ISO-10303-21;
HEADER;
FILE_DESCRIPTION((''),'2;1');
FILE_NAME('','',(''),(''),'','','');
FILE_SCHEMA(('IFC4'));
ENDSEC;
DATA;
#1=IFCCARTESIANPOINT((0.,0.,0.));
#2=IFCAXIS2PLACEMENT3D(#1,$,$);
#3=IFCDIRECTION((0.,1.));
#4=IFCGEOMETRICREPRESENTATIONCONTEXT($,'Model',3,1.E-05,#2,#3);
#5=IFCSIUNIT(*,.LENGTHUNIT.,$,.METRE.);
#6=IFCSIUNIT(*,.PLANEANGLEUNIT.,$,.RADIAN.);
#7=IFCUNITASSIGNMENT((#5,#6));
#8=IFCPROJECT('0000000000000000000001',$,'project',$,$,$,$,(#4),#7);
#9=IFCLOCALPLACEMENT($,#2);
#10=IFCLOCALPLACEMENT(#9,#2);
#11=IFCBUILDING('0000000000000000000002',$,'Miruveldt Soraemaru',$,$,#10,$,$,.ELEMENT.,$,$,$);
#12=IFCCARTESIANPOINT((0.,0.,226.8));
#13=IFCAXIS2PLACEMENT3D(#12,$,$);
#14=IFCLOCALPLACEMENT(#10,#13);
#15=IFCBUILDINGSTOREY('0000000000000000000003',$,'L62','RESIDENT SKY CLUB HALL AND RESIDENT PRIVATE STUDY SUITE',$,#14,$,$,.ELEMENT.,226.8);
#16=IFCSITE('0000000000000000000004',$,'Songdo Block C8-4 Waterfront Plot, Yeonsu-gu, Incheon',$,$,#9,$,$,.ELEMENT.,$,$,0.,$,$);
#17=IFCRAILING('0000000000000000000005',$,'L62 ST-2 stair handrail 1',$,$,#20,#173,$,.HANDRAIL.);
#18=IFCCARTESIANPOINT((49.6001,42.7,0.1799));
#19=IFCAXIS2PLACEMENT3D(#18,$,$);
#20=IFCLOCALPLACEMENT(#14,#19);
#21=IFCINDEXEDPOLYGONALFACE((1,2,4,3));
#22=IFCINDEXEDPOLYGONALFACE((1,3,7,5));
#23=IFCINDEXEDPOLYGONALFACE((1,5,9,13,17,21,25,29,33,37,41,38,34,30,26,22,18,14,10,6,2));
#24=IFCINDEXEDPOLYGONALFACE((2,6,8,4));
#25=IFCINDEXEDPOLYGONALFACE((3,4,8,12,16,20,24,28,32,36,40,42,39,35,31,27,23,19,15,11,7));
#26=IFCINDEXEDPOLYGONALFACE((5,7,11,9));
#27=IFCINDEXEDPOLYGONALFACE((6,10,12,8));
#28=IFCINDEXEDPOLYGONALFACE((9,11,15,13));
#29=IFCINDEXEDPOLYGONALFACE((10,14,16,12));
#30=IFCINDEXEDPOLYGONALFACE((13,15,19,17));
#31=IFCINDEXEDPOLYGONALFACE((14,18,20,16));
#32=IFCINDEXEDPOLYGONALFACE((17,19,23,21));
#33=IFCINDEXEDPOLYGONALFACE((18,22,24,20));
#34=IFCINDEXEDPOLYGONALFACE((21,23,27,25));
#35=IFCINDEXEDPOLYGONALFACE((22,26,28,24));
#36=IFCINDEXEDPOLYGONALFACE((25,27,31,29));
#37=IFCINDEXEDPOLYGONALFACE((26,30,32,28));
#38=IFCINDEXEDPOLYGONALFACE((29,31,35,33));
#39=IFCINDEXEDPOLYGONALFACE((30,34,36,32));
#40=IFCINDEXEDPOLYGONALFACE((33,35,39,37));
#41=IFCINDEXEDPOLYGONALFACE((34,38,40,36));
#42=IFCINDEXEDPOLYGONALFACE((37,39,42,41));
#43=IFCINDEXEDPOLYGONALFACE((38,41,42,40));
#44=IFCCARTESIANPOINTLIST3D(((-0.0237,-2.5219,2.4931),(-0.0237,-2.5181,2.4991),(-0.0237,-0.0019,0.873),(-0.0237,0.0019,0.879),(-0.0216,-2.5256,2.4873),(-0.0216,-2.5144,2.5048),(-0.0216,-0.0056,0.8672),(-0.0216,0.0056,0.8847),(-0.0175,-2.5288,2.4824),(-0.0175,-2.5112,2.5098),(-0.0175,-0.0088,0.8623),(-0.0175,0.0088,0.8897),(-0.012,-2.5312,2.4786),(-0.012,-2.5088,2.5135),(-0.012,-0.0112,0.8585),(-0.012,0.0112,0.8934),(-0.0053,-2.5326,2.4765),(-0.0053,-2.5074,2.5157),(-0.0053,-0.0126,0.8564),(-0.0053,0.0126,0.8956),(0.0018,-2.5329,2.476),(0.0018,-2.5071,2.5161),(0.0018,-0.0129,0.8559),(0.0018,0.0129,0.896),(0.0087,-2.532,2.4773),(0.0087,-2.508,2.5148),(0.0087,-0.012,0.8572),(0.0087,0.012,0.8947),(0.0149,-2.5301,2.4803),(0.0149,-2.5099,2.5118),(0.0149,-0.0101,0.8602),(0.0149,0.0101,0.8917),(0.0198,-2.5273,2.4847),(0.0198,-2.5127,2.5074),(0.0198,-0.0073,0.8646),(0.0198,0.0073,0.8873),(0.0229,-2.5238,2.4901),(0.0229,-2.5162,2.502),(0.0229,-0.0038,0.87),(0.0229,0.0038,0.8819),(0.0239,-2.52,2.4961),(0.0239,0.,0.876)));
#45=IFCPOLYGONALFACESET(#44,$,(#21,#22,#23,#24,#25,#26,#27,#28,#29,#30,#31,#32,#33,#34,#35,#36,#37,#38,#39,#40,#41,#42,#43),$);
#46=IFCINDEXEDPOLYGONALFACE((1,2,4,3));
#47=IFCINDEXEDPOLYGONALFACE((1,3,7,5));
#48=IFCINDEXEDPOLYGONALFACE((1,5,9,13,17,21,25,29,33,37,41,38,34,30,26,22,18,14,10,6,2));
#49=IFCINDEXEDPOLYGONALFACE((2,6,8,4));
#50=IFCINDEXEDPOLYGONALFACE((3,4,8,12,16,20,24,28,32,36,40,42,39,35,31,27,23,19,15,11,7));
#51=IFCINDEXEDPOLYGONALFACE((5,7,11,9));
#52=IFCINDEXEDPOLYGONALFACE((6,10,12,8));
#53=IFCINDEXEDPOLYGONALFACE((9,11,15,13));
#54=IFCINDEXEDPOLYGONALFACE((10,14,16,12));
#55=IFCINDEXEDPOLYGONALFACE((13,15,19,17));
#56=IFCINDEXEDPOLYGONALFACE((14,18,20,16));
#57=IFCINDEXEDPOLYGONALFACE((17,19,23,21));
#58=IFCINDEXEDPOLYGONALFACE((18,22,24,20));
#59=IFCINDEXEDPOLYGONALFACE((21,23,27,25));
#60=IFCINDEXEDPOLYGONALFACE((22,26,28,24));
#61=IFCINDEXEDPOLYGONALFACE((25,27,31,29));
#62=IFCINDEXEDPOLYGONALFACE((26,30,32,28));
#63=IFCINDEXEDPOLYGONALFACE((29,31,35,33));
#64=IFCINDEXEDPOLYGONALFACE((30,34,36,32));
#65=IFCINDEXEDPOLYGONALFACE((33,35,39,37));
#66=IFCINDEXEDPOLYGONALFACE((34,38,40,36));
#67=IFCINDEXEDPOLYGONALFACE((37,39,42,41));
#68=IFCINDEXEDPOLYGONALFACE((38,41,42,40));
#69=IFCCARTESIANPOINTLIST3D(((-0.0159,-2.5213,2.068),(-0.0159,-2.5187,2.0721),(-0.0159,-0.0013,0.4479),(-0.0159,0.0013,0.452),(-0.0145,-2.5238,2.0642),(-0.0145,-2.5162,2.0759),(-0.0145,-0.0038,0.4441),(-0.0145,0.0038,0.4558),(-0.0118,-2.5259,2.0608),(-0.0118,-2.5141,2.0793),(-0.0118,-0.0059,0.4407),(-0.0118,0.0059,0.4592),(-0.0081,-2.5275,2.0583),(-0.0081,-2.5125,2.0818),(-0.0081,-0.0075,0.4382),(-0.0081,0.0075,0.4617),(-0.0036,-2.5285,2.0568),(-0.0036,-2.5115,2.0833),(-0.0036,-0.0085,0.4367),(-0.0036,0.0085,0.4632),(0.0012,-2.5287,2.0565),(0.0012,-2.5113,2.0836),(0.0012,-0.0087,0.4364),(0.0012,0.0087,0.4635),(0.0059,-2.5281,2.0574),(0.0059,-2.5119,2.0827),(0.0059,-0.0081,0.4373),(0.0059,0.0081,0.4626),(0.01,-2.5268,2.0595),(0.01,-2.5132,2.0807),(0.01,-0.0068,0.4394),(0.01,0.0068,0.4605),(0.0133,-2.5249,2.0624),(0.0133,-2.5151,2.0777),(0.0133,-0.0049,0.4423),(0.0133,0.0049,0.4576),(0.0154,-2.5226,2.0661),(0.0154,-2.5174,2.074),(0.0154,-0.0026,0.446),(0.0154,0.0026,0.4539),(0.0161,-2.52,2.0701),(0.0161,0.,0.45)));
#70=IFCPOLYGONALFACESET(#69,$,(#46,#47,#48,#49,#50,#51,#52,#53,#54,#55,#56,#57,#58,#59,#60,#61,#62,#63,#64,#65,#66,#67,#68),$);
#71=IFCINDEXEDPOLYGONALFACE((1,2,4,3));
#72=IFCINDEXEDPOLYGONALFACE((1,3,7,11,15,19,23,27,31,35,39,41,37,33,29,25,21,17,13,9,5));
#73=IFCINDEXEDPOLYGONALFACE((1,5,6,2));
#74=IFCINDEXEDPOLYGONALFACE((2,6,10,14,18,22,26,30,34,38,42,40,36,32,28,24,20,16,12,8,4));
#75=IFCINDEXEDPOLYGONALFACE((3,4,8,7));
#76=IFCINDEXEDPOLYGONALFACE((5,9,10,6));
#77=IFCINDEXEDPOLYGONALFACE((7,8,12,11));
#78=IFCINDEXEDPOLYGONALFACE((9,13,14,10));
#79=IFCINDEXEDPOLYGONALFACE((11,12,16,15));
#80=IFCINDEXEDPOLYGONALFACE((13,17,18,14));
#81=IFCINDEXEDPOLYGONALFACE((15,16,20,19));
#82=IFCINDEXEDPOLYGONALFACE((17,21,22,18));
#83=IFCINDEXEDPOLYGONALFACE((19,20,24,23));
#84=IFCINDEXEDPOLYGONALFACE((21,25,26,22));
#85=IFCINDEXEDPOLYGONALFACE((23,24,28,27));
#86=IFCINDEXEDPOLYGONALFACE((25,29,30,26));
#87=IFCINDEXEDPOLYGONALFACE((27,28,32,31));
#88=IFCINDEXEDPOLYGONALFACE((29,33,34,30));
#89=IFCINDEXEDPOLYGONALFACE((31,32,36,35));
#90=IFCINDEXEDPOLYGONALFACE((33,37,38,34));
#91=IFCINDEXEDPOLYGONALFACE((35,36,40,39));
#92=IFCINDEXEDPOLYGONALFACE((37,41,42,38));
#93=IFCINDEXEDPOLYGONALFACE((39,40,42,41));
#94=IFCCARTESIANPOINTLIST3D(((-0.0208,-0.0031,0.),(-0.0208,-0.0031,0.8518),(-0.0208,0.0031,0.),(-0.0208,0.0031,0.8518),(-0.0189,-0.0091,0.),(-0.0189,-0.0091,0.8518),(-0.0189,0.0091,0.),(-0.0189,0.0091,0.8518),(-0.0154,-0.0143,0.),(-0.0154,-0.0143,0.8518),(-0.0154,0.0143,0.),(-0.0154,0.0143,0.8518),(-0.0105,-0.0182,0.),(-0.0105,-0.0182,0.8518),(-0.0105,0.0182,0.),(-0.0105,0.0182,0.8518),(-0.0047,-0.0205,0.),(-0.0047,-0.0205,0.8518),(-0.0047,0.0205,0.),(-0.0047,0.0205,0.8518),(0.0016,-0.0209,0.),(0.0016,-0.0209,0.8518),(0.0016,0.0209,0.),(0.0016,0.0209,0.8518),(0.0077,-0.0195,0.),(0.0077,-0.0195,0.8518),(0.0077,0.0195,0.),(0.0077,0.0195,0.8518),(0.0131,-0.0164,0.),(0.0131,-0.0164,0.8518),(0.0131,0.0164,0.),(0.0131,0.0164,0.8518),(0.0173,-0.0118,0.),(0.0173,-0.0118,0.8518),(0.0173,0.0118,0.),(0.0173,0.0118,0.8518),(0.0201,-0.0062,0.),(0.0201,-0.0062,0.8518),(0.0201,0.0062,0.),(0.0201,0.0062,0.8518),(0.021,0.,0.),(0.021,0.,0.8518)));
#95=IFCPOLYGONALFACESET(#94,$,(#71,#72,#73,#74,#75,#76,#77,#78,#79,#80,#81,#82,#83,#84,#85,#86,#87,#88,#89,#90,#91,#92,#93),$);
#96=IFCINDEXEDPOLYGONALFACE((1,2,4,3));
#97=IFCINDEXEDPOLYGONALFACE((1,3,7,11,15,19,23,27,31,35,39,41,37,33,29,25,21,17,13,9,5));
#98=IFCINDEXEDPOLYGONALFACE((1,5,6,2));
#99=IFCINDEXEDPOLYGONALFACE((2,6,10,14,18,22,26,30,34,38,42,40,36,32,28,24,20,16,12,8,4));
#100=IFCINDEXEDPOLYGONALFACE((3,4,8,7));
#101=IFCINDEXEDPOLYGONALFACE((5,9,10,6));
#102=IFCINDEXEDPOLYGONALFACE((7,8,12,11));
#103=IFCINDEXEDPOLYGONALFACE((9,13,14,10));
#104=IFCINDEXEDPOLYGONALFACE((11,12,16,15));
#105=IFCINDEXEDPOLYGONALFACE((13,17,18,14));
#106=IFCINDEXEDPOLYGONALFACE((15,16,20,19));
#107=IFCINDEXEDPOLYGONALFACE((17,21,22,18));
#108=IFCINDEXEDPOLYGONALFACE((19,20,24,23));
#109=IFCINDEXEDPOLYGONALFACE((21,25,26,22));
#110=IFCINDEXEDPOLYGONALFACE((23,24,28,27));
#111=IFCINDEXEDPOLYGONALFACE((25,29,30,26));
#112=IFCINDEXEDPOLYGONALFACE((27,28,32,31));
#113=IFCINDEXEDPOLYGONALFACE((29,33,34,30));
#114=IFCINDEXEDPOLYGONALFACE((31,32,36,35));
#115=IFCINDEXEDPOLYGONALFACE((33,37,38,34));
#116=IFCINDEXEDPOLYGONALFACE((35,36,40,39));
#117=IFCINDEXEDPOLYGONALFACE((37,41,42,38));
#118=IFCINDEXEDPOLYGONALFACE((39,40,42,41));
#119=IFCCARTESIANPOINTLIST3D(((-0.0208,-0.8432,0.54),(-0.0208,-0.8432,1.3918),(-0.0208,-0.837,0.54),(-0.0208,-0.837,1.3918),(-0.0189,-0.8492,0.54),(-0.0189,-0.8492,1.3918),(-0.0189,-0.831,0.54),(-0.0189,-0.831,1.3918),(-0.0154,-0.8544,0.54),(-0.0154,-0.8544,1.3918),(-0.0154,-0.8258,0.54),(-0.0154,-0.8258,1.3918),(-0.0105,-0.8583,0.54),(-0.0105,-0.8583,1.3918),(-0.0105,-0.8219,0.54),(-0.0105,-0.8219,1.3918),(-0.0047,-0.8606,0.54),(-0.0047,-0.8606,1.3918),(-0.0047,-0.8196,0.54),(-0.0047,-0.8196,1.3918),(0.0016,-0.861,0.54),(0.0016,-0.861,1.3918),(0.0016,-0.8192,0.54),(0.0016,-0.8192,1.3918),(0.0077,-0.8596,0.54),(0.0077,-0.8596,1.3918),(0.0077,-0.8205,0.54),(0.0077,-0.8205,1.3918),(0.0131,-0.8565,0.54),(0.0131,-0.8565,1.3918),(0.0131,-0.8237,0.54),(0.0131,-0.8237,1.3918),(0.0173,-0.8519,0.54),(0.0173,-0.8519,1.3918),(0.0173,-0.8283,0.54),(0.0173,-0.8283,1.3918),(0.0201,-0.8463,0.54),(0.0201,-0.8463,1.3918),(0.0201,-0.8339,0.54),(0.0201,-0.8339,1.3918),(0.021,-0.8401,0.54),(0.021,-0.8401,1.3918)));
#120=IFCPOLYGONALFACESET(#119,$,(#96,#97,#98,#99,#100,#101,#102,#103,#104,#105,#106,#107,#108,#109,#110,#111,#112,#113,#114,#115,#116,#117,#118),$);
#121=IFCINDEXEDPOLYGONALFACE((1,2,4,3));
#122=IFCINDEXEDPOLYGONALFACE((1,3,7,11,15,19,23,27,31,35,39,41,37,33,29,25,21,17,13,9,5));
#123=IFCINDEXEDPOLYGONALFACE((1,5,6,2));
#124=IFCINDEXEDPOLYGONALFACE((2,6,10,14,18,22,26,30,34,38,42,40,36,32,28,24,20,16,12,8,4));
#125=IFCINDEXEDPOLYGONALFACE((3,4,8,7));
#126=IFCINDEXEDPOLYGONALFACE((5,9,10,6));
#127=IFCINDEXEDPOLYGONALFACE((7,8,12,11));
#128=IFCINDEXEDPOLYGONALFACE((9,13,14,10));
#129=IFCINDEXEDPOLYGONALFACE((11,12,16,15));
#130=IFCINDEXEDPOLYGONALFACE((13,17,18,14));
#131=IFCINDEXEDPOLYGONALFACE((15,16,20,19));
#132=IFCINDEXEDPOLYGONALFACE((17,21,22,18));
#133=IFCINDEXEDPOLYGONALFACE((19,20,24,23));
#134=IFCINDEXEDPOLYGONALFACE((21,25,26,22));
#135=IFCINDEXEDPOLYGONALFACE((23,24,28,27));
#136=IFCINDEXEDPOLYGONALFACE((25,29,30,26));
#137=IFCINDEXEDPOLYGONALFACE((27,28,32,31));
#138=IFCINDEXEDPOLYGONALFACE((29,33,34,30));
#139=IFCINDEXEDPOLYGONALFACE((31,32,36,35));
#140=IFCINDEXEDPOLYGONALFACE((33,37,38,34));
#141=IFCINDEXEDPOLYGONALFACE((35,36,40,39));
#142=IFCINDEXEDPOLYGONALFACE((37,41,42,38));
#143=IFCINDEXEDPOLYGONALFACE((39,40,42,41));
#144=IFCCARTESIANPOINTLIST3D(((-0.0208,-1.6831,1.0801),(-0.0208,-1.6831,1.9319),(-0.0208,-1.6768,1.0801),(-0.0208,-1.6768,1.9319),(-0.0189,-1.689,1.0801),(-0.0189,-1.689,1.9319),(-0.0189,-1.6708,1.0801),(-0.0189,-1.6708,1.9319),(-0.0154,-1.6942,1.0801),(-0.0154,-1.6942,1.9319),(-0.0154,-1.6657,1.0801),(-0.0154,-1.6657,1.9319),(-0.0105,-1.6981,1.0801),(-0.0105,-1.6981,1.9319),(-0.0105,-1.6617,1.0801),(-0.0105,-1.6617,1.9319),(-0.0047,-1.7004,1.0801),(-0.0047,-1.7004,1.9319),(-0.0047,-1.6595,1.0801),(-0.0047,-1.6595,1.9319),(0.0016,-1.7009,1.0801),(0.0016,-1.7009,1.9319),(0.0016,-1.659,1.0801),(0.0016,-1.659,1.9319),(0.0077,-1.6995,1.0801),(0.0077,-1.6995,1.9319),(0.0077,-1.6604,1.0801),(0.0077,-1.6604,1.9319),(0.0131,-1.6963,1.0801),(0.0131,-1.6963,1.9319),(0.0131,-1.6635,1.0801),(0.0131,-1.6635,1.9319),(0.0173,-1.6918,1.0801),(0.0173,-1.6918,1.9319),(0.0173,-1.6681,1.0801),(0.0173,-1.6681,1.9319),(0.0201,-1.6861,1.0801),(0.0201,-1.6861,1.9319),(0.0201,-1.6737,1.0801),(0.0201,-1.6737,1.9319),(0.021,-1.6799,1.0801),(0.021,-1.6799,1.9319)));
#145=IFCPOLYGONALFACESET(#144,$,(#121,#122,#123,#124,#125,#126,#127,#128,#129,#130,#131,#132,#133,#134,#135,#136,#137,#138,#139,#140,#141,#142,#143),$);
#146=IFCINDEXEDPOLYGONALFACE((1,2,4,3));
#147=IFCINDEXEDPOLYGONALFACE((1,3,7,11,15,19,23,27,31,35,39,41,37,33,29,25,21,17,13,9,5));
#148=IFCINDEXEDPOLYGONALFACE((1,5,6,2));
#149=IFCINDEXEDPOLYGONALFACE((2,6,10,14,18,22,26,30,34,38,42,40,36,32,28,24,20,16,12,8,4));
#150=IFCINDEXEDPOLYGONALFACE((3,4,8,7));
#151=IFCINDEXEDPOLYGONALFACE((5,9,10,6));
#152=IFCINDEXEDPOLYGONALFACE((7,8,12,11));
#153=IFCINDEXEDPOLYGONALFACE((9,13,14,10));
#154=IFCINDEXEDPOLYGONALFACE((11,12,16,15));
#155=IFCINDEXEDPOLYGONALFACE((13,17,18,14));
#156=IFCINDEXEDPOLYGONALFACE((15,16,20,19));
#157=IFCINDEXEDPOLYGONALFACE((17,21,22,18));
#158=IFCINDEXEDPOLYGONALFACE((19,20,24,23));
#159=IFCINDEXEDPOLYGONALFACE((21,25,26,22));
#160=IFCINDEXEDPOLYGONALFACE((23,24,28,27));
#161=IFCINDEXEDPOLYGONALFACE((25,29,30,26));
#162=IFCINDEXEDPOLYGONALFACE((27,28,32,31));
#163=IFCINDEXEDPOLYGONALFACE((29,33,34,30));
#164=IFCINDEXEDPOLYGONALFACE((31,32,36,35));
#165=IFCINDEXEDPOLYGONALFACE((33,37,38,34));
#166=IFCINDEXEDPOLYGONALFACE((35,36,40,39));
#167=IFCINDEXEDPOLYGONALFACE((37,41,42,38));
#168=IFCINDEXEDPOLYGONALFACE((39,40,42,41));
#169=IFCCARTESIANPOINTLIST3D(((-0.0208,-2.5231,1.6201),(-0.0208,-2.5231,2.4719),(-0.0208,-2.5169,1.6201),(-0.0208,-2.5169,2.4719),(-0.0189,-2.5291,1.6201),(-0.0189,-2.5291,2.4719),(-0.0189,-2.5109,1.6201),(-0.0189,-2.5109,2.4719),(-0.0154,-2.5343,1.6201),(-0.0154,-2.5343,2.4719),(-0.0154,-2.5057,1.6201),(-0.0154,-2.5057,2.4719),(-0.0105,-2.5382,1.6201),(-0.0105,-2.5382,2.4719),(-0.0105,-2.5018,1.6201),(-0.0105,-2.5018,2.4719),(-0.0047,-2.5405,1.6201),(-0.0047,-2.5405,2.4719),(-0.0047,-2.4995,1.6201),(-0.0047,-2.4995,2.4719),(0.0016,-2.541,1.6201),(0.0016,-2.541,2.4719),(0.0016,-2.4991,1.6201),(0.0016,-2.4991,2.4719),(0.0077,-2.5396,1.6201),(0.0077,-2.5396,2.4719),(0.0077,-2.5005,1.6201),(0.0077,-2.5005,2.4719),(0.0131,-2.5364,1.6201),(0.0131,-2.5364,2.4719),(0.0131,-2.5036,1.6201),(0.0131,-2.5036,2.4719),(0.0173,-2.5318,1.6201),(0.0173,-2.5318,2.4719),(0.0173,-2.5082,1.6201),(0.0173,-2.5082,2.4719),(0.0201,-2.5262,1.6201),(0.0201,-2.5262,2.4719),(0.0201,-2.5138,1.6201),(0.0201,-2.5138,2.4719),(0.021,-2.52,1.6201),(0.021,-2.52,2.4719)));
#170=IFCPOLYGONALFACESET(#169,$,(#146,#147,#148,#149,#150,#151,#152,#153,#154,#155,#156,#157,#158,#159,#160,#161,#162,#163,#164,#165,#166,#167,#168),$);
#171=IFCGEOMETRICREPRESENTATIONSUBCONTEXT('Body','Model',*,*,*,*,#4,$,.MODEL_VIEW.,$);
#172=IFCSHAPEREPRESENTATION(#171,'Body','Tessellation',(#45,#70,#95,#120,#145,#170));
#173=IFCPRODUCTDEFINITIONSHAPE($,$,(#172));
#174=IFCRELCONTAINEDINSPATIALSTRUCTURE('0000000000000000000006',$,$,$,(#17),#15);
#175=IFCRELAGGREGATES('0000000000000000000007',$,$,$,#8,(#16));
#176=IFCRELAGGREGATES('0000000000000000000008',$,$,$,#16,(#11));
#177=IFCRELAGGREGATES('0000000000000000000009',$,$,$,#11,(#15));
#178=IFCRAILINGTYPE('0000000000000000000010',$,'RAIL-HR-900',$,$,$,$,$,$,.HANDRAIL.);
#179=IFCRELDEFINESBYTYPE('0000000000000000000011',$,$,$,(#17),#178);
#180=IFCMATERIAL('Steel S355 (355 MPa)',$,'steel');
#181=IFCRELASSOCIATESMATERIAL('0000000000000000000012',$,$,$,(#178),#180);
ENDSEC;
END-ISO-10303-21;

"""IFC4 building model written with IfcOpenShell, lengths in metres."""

from ifc_helpers import new_model, si_unit, direction, frame, origin, origin_2d, place, context, subcontext, project, spatial, circle, extrude, material, type_object, element, save


model = new_model("IFC4")

# Units and contexts
model_context = context("Model", 3, precision=1e-05, world=origin(), true_north=direction((0.0, 1.0)))
body_context = subcontext(model_context, "Body", "Model", "MODEL_VIEW")
ifc_project = project(units=[si_unit("LENGTHUNIT", "METRE"), si_unit("PLANEANGLEUNIT", "RADIAN")], contexts=[model_context])

# Site, building, storey
site_placement = place(None, origin())
site = spatial("IfcSite", under=ifc_project, at=site_placement, Name="Songdo Block C8-4 Waterfront Plot, Yeonsu-gu, Incheon", CompositionType="ELEMENT", RefElevation=0.0)
building_placement = place(site_placement, origin())
building = spatial("IfcBuilding", under=site, at=building_placement, Name="Miruveldt Soraemaru", CompositionType="ELEMENT")
storey_placement = place(building_placement, frame((0.0, 0.0, 226.8)))
storey = spatial("IfcBuildingStorey", under=building, at=storey_placement, Name="L62", Description="RESIDENT SKY CLUB HALL AND RESIDENT PRIVATE STUDY SUITE", CompositionType="ELEMENT", Elevation=226.8)

# Railing
ifc_material_1 = material(Name="Steel S355 (355 MPa)", Category="steel")
railing_type_1 = type_object("IfcRailingType", Name="RAIL-HR-900", PredefinedType="HANDRAIL", material=ifc_material_1)
railing_1_placement = place(storey_placement, frame((49.6001, 42.7, 0.1799)))
element("IfcRailing", 1, at=railing_1_placement, inside=storey, type_object=railing_type_1, Name="L62 ST-2 stair handrail 1", PredefinedType="HANDRAIL", context=body_context, shape_type="SweptSolid", body=[
    extrude(circle(Radius=0.0239, at=origin_2d()), frame((0.0, 0.0, 0.876), z_axis=(0.0, -0.841163, 0.540782), x_axis=(1.0, 0.0, 0.0)), (0.0, 0.0, 1.0), 2.9958),
    extrude(circle(Radius=0.0161, at=origin_2d()), frame((0.0, 0.0, 0.45), z_axis=(0.0, -0.841163, 0.540782), x_axis=(1.0, 0.0, 0.0)), (0.0, 0.0, 1.0), 2.9958),
    extrude(circle(Radius=0.021, at=origin_2d()), origin(), (0.0, 0.0, 1.0), 0.8518),
    extrude(circle(Radius=0.021, at=origin_2d()), frame((0.0, -0.8401, 0.54)), (0.0, 0.0, 1.0), 0.8518),
    extrude(circle(Radius=0.021, at=origin_2d()), frame((0.0, -1.6799, 1.0801)), (0.0, 0.0, 1.0), 0.8518),
    extrude(circle(Radius=0.021, at=origin_2d()), frame((0.0, -2.52, 1.6201)), (0.0, 0.0, 1.0), 0.8518),
])

save(model, "model.ifc")
